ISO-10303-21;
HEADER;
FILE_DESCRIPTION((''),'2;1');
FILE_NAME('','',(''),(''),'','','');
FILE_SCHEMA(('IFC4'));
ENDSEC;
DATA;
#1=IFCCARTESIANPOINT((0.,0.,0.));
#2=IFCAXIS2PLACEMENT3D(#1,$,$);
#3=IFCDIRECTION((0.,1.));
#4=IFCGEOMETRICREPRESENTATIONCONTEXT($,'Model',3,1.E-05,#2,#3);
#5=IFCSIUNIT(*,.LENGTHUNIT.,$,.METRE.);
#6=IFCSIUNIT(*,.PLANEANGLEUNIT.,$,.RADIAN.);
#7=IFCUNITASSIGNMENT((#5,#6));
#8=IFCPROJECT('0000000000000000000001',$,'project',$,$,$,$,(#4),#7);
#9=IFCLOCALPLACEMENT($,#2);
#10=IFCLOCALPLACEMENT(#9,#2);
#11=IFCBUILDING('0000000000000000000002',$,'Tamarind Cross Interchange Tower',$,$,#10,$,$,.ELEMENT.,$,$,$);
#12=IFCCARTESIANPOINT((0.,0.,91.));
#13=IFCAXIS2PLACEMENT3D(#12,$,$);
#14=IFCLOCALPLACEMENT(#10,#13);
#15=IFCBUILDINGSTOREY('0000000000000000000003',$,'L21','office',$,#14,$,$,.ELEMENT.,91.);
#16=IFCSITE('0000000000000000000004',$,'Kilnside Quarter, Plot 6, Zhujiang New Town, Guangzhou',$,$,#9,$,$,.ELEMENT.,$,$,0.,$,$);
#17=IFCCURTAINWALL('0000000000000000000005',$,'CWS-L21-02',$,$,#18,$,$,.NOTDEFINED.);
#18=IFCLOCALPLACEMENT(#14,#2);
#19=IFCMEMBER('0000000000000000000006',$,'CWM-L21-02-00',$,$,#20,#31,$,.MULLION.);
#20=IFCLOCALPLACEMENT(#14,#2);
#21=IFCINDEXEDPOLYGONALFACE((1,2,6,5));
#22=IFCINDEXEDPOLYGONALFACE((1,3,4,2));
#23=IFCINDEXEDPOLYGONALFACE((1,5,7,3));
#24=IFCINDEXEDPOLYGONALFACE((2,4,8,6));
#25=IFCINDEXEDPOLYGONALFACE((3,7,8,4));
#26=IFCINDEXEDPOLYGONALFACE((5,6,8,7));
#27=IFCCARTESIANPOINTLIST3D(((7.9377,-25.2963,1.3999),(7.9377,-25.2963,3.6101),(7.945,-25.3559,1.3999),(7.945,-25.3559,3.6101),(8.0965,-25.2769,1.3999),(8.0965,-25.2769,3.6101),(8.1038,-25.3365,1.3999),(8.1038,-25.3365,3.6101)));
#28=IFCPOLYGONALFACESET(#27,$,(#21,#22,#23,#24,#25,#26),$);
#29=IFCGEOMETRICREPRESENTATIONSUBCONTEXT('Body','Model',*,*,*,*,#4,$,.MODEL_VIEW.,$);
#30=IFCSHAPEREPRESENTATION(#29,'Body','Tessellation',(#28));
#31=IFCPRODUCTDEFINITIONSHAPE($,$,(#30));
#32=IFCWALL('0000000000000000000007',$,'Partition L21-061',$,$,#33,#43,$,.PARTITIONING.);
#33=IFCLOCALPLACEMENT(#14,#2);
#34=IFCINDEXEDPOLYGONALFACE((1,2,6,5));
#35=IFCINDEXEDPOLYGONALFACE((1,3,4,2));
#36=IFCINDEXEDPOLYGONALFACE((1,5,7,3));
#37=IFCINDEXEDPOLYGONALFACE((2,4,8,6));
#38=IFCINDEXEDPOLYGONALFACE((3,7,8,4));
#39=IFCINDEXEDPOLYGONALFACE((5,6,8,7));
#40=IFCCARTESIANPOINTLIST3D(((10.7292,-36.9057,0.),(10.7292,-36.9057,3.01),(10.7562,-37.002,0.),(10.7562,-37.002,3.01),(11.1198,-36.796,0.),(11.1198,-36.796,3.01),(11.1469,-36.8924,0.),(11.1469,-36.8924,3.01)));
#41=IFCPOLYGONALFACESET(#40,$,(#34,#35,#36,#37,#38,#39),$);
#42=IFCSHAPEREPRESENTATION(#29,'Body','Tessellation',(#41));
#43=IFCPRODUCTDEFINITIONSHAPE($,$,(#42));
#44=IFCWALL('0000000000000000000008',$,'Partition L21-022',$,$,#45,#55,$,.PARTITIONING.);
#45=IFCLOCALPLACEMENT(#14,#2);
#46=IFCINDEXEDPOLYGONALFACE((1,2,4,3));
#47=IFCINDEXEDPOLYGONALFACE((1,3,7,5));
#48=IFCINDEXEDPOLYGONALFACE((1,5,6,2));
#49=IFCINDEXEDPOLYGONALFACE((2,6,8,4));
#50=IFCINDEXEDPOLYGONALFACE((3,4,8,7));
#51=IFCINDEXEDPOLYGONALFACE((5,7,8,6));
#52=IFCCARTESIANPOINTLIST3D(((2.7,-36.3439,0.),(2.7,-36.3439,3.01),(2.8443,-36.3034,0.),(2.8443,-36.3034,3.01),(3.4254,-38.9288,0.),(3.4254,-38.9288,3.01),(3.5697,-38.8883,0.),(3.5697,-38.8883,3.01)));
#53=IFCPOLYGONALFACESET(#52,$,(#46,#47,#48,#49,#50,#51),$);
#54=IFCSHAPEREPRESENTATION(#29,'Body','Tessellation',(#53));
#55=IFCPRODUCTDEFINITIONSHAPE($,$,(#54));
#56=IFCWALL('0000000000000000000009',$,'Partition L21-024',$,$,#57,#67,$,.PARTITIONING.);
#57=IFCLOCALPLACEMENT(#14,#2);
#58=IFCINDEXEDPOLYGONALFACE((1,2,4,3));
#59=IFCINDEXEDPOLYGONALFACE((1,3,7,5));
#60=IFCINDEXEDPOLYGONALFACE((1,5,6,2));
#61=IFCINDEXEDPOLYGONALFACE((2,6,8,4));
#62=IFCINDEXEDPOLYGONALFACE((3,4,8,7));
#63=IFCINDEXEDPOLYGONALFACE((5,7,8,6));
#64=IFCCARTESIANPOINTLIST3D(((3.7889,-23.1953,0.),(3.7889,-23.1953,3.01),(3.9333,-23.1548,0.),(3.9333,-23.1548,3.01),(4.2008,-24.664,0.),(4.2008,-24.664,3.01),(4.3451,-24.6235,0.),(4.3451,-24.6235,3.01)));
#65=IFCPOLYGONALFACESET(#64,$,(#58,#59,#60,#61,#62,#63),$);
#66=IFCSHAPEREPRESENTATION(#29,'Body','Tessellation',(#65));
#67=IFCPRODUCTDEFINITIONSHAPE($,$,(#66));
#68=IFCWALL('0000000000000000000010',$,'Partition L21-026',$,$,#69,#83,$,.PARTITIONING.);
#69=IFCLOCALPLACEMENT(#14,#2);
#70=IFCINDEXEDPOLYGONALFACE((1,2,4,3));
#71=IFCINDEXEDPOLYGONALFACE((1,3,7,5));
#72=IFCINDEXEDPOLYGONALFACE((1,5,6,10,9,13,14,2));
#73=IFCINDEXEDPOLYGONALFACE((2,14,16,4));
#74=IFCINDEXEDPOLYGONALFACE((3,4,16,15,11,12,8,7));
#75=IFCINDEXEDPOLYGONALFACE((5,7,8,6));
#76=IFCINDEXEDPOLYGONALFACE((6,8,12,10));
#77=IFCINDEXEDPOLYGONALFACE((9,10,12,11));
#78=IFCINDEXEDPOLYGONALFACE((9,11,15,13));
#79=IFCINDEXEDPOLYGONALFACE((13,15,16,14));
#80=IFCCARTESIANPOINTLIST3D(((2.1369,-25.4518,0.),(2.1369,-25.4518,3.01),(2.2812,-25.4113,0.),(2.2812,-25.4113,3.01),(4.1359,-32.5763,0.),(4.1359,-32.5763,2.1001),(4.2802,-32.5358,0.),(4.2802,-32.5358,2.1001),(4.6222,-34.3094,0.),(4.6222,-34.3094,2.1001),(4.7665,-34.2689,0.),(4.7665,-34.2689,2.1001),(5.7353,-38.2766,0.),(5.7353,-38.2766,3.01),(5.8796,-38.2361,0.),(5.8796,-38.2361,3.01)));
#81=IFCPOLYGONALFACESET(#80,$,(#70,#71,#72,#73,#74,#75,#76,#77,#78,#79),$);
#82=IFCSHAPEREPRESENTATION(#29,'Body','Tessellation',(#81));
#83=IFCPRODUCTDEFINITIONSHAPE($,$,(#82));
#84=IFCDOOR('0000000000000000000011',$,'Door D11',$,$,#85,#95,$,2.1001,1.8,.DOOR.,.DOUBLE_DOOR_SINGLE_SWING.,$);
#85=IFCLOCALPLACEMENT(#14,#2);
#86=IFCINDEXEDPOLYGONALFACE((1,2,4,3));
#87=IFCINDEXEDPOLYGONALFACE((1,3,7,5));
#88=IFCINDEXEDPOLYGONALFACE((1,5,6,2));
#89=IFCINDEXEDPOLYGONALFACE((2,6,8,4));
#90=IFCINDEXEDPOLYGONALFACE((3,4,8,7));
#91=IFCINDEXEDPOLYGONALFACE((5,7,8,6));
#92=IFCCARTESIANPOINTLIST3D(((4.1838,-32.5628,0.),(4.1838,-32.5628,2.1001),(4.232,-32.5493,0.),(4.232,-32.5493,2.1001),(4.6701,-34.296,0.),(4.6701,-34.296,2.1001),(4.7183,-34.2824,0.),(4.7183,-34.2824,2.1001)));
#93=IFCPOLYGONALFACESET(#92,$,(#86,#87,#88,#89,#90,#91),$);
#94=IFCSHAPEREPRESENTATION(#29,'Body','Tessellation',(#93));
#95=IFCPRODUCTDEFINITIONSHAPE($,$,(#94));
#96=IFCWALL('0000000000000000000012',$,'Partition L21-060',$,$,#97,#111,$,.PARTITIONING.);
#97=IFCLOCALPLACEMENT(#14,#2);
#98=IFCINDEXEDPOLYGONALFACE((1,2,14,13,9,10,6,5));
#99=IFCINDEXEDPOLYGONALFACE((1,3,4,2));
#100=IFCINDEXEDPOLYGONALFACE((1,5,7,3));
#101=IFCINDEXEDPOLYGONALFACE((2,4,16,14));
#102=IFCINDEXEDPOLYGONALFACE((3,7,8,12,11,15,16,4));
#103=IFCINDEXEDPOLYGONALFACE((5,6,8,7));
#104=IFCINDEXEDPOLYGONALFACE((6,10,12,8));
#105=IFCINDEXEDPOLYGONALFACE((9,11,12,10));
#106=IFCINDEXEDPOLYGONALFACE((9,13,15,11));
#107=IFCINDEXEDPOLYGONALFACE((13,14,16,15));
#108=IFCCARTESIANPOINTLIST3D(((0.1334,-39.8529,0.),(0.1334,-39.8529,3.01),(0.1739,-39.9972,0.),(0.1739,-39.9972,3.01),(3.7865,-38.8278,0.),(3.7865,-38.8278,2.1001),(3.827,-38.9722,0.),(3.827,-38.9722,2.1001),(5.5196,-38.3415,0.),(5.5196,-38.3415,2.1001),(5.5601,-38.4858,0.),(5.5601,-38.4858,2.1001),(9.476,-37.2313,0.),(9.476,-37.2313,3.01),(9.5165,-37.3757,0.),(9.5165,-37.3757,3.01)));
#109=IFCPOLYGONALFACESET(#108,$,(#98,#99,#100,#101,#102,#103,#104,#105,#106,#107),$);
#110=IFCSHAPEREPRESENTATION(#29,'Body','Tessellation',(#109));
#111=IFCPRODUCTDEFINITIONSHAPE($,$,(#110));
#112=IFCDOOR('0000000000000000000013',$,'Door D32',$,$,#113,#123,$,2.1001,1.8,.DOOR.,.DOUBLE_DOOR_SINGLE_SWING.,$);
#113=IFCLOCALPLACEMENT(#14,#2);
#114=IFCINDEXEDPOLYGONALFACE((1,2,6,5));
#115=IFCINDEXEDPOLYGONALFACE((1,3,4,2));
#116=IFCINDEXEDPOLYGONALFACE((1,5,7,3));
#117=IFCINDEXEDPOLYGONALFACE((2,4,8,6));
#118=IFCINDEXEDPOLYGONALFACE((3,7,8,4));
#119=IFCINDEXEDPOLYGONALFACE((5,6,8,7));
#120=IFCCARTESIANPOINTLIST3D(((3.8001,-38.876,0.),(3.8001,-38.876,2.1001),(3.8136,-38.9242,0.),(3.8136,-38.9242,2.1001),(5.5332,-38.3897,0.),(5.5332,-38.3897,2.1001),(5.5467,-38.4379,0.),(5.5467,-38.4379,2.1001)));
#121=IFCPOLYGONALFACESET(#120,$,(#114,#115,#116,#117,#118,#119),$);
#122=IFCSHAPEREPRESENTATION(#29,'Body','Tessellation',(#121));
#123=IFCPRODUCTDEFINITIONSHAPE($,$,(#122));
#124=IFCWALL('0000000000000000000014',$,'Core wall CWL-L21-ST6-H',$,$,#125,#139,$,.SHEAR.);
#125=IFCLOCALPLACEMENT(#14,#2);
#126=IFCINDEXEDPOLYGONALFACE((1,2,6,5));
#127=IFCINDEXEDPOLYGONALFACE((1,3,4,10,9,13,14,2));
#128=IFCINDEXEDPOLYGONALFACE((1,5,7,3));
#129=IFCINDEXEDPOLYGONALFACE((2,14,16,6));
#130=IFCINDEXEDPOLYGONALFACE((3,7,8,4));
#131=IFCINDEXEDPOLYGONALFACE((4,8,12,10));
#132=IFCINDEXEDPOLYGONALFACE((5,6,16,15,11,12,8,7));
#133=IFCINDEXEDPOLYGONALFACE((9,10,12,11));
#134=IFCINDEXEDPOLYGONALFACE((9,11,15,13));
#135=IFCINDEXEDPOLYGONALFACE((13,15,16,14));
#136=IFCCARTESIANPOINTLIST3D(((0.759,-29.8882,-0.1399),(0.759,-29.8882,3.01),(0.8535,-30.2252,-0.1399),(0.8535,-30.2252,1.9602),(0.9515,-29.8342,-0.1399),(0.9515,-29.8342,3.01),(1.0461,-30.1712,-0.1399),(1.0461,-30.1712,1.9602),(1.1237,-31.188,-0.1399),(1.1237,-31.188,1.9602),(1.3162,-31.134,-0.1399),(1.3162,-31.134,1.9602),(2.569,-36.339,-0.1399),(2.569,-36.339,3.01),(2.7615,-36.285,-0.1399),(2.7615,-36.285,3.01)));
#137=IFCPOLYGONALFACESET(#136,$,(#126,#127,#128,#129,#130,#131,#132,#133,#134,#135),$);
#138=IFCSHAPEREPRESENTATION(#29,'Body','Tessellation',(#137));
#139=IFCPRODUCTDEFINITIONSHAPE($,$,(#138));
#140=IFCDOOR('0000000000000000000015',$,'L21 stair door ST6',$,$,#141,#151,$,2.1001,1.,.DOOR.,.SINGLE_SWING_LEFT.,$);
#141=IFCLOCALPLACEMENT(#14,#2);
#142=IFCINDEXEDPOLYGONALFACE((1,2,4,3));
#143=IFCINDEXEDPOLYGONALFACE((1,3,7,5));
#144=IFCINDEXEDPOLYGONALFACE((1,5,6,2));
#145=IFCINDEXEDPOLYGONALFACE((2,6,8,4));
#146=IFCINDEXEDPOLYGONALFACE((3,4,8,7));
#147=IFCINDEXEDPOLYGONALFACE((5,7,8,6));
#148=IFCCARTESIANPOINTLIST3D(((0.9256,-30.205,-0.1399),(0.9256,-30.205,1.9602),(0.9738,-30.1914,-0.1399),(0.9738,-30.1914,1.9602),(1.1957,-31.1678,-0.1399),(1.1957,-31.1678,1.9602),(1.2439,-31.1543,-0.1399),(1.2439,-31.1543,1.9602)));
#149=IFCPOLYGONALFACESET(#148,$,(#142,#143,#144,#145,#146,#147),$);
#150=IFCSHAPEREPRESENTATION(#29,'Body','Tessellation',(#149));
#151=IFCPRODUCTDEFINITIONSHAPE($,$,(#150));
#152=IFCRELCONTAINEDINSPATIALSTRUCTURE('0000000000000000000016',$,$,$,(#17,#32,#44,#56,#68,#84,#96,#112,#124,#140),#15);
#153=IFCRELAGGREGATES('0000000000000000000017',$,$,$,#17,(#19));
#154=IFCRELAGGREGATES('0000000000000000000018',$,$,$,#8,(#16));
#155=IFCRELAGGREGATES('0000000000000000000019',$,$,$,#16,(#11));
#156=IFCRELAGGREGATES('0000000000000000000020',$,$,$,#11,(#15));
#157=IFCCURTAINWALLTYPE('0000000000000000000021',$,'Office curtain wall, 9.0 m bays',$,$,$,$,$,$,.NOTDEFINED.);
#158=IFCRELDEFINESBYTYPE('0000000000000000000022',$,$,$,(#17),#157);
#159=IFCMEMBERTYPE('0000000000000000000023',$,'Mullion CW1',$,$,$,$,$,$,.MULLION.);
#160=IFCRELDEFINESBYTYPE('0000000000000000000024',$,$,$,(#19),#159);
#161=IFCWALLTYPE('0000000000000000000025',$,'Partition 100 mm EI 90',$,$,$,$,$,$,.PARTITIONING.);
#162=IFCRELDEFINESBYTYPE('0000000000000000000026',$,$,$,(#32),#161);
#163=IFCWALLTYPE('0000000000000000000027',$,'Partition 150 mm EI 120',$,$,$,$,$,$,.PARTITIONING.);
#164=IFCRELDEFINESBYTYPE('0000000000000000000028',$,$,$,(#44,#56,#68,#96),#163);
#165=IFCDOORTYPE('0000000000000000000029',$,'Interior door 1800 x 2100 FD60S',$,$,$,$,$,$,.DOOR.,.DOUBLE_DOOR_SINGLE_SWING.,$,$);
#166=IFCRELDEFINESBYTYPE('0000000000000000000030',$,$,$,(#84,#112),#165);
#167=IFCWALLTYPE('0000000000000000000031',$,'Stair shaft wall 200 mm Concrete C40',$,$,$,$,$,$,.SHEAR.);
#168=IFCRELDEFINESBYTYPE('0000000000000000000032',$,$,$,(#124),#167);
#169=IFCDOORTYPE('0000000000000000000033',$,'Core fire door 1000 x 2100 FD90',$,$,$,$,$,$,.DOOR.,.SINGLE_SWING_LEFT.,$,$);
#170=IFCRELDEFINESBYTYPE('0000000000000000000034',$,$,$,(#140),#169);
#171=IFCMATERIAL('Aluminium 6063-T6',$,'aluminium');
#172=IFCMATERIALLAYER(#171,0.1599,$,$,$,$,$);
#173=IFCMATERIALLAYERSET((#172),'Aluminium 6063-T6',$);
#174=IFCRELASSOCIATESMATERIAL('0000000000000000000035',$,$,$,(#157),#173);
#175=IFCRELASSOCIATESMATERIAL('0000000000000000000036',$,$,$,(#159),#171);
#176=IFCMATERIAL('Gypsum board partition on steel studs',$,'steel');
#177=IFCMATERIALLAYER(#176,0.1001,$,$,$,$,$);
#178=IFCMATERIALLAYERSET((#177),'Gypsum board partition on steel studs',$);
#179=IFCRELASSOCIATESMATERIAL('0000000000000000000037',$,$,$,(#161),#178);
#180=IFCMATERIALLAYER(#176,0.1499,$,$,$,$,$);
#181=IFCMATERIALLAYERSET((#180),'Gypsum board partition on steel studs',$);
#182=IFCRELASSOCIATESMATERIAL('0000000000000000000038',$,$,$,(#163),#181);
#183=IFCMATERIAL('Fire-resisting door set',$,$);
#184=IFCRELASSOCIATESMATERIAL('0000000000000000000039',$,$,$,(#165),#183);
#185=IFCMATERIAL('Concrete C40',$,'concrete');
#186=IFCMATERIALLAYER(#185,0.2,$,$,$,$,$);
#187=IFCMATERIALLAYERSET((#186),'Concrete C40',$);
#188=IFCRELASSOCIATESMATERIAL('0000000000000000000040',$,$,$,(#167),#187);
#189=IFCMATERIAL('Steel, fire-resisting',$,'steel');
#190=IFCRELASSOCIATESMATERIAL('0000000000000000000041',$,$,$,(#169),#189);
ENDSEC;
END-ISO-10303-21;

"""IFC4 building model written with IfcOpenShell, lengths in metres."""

from ifc_helpers import new_model, si_unit, direction, frame, frame_2d, origin, origin_2d, place, context, subcontext, project, spatial, rectangle, extrude, material, layer, layer_set, material_profile, profile_set, type_object, element, fill, aggregate, save


model = new_model("IFC4")

# Units and contexts
model_context = context("Model", 3, precision=1e-05, world=origin(), true_north=direction((0.0, 1.0)))
body_context = subcontext(model_context, "Body", "Model", "MODEL_VIEW")
ifc_project = project(units=[si_unit("LENGTHUNIT", "METRE"), si_unit("PLANEANGLEUNIT", "RADIAN")], contexts=[model_context])

# Site, building, storey
site_placement = place(None, origin())
site = spatial("IfcSite", under=ifc_project, at=site_placement, Name="Kilnside Quarter, Plot 6, Zhujiang New Town, Guangzhou", CompositionType="ELEMENT", RefElevation=0.0)
building_placement = place(site_placement, origin())
building = spatial("IfcBuilding", under=site, at=building_placement, Name="Tamarind Cross Interchange Tower", CompositionType="ELEMENT")
storey_placement = place(building_placement, frame((0.0, 0.0, 91.0)))
storey = spatial("IfcBuildingStorey", under=building, at=storey_placement, Name="L21", Description="office", CompositionType="ELEMENT", Elevation=91.0)

# Shared definitions
ifc_material_1 = material(Name="Aluminium 6063-T6", Category="aluminium")
ifc_layer_1 = layer(ifc_material_1, 0.1599)
ifc_layer_set_1 = layer_set([ifc_layer_1], Name="Aluminium 6063-T6")
curtain_wall_type = type_object("IfcCurtainWallType", Name="Office curtain wall, 9.0 m bays", PredefinedType="NOTDEFINED", material=ifc_layer_set_1)
ifc_material_profile_1 = material_profile(ifc_material_1, rectangle(XDim=0.0601, YDim=0.1599, at=origin_2d()), Name="Mullion CW1")
ifc_profile_set_1 = profile_set([ifc_material_profile_1], Name="Aluminium 6063-T6")
member_type = type_object("IfcMemberType", Name="Mullion CW1", PredefinedType="MULLION", material=ifc_profile_set_1)

# Curtain wall, member
curtain_wall_1_placement = place(storey_placement, origin())
curtain_wall_1 = element("IfcCurtainWall", 1, at=curtain_wall_1_placement, inside=storey, type_object=curtain_wall_type, Name="CWS-L21-02", PredefinedType="NOTDEFINED")
member_1_placement = place(storey_placement, frame((8.0208, -25.3164, 1.3999), z_axis=(0.0, 0.0, 1.0), x_axis=(-0.121439, 0.992599, 0.0)))
member_1 = element("IfcMember", 2, at=member_1_placement, type_object=member_type, Name="CWM-L21-02-00", PredefinedType="MULLION", context=body_context, shape_type="SweptSolid", body=[
    extrude(rectangle(XDim=0.0601, YDim=0.1599, at=origin_2d()), origin(), (0.0, 0.0, 1.0), 2.2102),
])
aggregate(curtain_wall_1, [member_1])

# Walls
ifc_material_2 = material(Name="Gypsum board partition on steel studs", Category="steel")
ifc_layer_2 = layer(ifc_material_2, 0.1001)
ifc_layer_set_2 = layer_set([ifc_layer_2], Name="Gypsum board partition on steel studs")
wall_type_1 = type_object("IfcWallType", Name="Partition 100 mm EI 90", PredefinedType="PARTITIONING", material=ifc_layer_set_2)
wall_1_placement = place(storey_placement, frame((10.7427, -36.9539, 0.0), z_axis=(0.0, 0.0, 1.0), x_axis=(0.962808, 0.270188, 0.0)))
element("IfcWall", 3, at=wall_1_placement, inside=storey, type_object=wall_type_1, Name="Partition L21-061", PredefinedType="PARTITIONING", context=body_context, shape_type="SweptSolid", body=[
    extrude(rectangle(XDim=0.4058, YDim=0.1001, at=frame_2d((0.2029, 0.0))), origin(), (0.0, 0.0, 1.0), 3.01),
])
ifc_layer_3 = layer(ifc_material_2, 0.1499)
ifc_layer_set_3 = layer_set([ifc_layer_3], Name="Gypsum board partition on steel studs")
wall_type_2 = type_object("IfcWallType", Name="Partition 150 mm EI 120", PredefinedType="PARTITIONING", material=ifc_layer_set_3)
wall_2_placement = place(storey_placement, frame((2.7722, -36.3237, 0.0), z_axis=(0.0, 0.0, 1.0), x_axis=(0.270166, -0.962814, 0.0)))
element("IfcWall", 4, at=wall_2_placement, inside=storey, type_object=wall_type_2, Name="Partition L21-022", PredefinedType="PARTITIONING", context=body_context, shape_type="SweptSolid", body=[
    extrude(rectangle(XDim=2.6848, YDim=0.1499, at=frame_2d((1.3423, 0.0))), origin(), (0.0, 0.0, 1.0), 3.01),
])
wall_3_placement = place(storey_placement, frame((3.8611, -23.175, 0.0), z_axis=(0.0, 0.0, 1.0), x_axis=(0.270004, -0.962859, 0.0)))
element("IfcWall", 5, at=wall_3_placement, inside=storey, type_object=wall_type_2, Name="Partition L21-024", PredefinedType="PARTITIONING", context=body_context, shape_type="SweptSolid", body=[
    extrude(rectangle(XDim=1.5254, YDim=0.1499, at=frame_2d((0.7627, 0.0))), origin(), (0.0, 0.0, 1.0), 3.01),
])

# Walls, openings, doors
wall_4_placement = place(storey_placement, frame((2.209, -25.4314, 0.0), z_axis=(0.0, 0.0, 1.0), x_axis=(0.27015, -0.962818, 0.0)))
wall_4 = element("IfcWall", 6, at=wall_4_placement, inside=storey, type_object=wall_type_2, Name="Partition L21-026", PredefinedType="PARTITIONING", context=body_context, shape_type="SweptSolid", body=[
    extrude(rectangle(XDim=13.3201, YDim=0.1499, at=frame_2d((6.6602, 0.0))), origin(), (0.0, 0.0, 1.0), 3.01),
])
opening_1_placement = place(wall_4_placement, frame((7.3999, 0.0, 0.0)))
opening_1 = element("IfcOpeningElement", 7, at=opening_1_placement, cuts=wall_4, PredefinedType="OPENING", context=body_context, shape_type="SweptSolid", body=[
    extrude(rectangle(XDim=1.8, YDim=2.1001, at=frame_2d((0.8999, 1.05))), frame((0.0, 0.085, 0.0), z_axis=(0.0, -1.0, 0.0), x_axis=(1.0, 0.0, 0.0)), (0.0, 0.0, 1.0), 0.1699),
])
ifc_material_3 = material(Name="Fire-resisting door set")
door_type_1 = type_object("IfcDoorType", Name="Interior door 1800 x 2100 FD60S", OperationType="DOUBLE_DOOR_SINGLE_SWING", PredefinedType="DOOR", material=ifc_material_3)
door_1_placement = place(opening_1_placement, origin())
door_1 = element("IfcDoor", 8, at=door_1_placement, inside=storey, type_object=door_type_1, Name="Door D11", OperationType="DOUBLE_DOOR_SINGLE_SWING", OverallHeight=2.1001, OverallWidth=1.8, PredefinedType="DOOR", context=body_context, shape_type="SweptSolid", body=[
    extrude(rectangle(XDim=1.8, YDim=2.1001, at=frame_2d((0.8999, 1.05))), frame((0.0, 0.0249, 0.0), z_axis=(0.0, -1.0, 0.0), x_axis=(1.0, 0.0, 0.0)), (0.0, 0.0, 1.0), 0.05),
])
fill(opening_1, door_1)
wall_5_placement = place(storey_placement, frame((0.1538, -39.925, 0.0), z_axis=(0.0, 0.0, 1.0), x_axis=(0.962812, 0.270172, 0.0)))
wall_5 = element("IfcWall", 9, at=wall_5_placement, inside=storey, type_object=wall_type_2, Name="Partition L21-060", PredefinedType="PARTITIONING", context=body_context, shape_type="SweptSolid", body=[
    extrude(rectangle(XDim=9.7034, YDim=0.1499, at=frame_2d((4.8516, 0.0))), origin(), (0.0, 0.0, 1.0), 3.01),
])
opening_2_placement = place(wall_5_placement, frame((3.7942, 0.0, 0.0)))
opening_2 = element("IfcOpeningElement", 10, at=opening_2_placement, cuts=wall_5, PredefinedType="OPENING", context=body_context, shape_type="SweptSolid", body=[
    extrude(rectangle(XDim=1.8, YDim=2.1001, at=frame_2d((0.8999, 1.05))), frame((0.0, 0.085, 0.0), z_axis=(0.0, -1.0, 0.0), x_axis=(1.0, 0.0, 0.0)), (0.0, 0.0, 1.0), 0.1699),
])
door_2_placement = place(opening_2_placement, origin())
door_2 = element("IfcDoor", 11, at=door_2_placement, inside=storey, type_object=door_type_1, Name="Door D32", OperationType="DOUBLE_DOOR_SINGLE_SWING", OverallHeight=2.1001, OverallWidth=1.8, PredefinedType="DOOR", context=body_context, shape_type="SweptSolid", body=[
    extrude(rectangle(XDim=1.8, YDim=2.1001, at=frame_2d((0.8999, 1.05))), frame((0.0, 0.0249, 0.0), z_axis=(0.0, -1.0, 0.0), x_axis=(1.0, 0.0, 0.0)), (0.0, 0.0, 1.0), 0.05),
])
fill(opening_2, door_2)
ifc_material_4 = material(Name="Concrete C40", Category="concrete")
ifc_layer_4 = layer(ifc_material_4, 0.2)
ifc_layer_set_4 = layer_set([ifc_layer_4], Name="Concrete C40")
wall_type_3 = type_object("IfcWallType", Name="Stair shaft wall 200 mm Concrete C40", PredefinedType="SHEAR", material=ifc_layer_set_4)
wall_6_placement = place(storey_placement, frame((0.8552, -29.8611, -0.1399), z_axis=(0.0, 0.0, 1.0), x_axis=(0.270156, -0.962817, 0.0)))
wall_6 = element("IfcWall", 12, at=wall_6_placement, inside=storey, type_object=wall_type_3, Name="Core wall CWL-L21-ST6-H", PredefinedType="SHEAR", context=body_context, shape_type="SweptSolid", body=[
    extrude(rectangle(XDim=6.7, YDim=0.2, at=frame_2d((3.3501, 0.0))), origin(), (0.0, 0.0, 1.0), 3.1499),
])
opening_3_placement = place(wall_6_placement, frame((0.3501, 0.0, 0.0)))
opening_3 = element("IfcOpeningElement", 13, at=opening_3_placement, cuts=wall_6, PredefinedType="OPENING", context=body_context, shape_type="SweptSolid", body=[
    extrude(rectangle(XDim=1.0, YDim=2.1001, at=frame_2d((0.5, 1.05))), frame((0.0, 0.1099, 0.0), z_axis=(0.0, -1.0, 0.0), x_axis=(1.0, 0.0, 0.0)), (0.0, 0.0, 1.0), 0.22),
])
ifc_material_5 = material(Name="Steel, fire-resisting", Category="steel")
door_type_2 = type_object("IfcDoorType", Name="Core fire door 1000 x 2100 FD90", OperationType="SINGLE_SWING_LEFT", PredefinedType="DOOR", material=ifc_material_5)
door_3_placement = place(opening_3_placement, origin())
door_3 = element("IfcDoor", 14, at=door_3_placement, inside=storey, type_object=door_type_2, Name="L21 stair door ST6", OperationType="SINGLE_SWING_LEFT", OverallHeight=2.1001, OverallWidth=1.0, PredefinedType="DOOR", context=body_context, shape_type="SweptSolid", body=[
    extrude(rectangle(XDim=1.0, YDim=2.1001, at=frame_2d((0.5, 1.05))), frame((0.0, 0.0249, 0.0), z_axis=(0.0, -1.0, 0.0), x_axis=(1.0, 0.0, 0.0)), (0.0, 0.0, 1.0), 0.05),
])
fill(opening_3, door_3)

save(model, "model.ifc")
